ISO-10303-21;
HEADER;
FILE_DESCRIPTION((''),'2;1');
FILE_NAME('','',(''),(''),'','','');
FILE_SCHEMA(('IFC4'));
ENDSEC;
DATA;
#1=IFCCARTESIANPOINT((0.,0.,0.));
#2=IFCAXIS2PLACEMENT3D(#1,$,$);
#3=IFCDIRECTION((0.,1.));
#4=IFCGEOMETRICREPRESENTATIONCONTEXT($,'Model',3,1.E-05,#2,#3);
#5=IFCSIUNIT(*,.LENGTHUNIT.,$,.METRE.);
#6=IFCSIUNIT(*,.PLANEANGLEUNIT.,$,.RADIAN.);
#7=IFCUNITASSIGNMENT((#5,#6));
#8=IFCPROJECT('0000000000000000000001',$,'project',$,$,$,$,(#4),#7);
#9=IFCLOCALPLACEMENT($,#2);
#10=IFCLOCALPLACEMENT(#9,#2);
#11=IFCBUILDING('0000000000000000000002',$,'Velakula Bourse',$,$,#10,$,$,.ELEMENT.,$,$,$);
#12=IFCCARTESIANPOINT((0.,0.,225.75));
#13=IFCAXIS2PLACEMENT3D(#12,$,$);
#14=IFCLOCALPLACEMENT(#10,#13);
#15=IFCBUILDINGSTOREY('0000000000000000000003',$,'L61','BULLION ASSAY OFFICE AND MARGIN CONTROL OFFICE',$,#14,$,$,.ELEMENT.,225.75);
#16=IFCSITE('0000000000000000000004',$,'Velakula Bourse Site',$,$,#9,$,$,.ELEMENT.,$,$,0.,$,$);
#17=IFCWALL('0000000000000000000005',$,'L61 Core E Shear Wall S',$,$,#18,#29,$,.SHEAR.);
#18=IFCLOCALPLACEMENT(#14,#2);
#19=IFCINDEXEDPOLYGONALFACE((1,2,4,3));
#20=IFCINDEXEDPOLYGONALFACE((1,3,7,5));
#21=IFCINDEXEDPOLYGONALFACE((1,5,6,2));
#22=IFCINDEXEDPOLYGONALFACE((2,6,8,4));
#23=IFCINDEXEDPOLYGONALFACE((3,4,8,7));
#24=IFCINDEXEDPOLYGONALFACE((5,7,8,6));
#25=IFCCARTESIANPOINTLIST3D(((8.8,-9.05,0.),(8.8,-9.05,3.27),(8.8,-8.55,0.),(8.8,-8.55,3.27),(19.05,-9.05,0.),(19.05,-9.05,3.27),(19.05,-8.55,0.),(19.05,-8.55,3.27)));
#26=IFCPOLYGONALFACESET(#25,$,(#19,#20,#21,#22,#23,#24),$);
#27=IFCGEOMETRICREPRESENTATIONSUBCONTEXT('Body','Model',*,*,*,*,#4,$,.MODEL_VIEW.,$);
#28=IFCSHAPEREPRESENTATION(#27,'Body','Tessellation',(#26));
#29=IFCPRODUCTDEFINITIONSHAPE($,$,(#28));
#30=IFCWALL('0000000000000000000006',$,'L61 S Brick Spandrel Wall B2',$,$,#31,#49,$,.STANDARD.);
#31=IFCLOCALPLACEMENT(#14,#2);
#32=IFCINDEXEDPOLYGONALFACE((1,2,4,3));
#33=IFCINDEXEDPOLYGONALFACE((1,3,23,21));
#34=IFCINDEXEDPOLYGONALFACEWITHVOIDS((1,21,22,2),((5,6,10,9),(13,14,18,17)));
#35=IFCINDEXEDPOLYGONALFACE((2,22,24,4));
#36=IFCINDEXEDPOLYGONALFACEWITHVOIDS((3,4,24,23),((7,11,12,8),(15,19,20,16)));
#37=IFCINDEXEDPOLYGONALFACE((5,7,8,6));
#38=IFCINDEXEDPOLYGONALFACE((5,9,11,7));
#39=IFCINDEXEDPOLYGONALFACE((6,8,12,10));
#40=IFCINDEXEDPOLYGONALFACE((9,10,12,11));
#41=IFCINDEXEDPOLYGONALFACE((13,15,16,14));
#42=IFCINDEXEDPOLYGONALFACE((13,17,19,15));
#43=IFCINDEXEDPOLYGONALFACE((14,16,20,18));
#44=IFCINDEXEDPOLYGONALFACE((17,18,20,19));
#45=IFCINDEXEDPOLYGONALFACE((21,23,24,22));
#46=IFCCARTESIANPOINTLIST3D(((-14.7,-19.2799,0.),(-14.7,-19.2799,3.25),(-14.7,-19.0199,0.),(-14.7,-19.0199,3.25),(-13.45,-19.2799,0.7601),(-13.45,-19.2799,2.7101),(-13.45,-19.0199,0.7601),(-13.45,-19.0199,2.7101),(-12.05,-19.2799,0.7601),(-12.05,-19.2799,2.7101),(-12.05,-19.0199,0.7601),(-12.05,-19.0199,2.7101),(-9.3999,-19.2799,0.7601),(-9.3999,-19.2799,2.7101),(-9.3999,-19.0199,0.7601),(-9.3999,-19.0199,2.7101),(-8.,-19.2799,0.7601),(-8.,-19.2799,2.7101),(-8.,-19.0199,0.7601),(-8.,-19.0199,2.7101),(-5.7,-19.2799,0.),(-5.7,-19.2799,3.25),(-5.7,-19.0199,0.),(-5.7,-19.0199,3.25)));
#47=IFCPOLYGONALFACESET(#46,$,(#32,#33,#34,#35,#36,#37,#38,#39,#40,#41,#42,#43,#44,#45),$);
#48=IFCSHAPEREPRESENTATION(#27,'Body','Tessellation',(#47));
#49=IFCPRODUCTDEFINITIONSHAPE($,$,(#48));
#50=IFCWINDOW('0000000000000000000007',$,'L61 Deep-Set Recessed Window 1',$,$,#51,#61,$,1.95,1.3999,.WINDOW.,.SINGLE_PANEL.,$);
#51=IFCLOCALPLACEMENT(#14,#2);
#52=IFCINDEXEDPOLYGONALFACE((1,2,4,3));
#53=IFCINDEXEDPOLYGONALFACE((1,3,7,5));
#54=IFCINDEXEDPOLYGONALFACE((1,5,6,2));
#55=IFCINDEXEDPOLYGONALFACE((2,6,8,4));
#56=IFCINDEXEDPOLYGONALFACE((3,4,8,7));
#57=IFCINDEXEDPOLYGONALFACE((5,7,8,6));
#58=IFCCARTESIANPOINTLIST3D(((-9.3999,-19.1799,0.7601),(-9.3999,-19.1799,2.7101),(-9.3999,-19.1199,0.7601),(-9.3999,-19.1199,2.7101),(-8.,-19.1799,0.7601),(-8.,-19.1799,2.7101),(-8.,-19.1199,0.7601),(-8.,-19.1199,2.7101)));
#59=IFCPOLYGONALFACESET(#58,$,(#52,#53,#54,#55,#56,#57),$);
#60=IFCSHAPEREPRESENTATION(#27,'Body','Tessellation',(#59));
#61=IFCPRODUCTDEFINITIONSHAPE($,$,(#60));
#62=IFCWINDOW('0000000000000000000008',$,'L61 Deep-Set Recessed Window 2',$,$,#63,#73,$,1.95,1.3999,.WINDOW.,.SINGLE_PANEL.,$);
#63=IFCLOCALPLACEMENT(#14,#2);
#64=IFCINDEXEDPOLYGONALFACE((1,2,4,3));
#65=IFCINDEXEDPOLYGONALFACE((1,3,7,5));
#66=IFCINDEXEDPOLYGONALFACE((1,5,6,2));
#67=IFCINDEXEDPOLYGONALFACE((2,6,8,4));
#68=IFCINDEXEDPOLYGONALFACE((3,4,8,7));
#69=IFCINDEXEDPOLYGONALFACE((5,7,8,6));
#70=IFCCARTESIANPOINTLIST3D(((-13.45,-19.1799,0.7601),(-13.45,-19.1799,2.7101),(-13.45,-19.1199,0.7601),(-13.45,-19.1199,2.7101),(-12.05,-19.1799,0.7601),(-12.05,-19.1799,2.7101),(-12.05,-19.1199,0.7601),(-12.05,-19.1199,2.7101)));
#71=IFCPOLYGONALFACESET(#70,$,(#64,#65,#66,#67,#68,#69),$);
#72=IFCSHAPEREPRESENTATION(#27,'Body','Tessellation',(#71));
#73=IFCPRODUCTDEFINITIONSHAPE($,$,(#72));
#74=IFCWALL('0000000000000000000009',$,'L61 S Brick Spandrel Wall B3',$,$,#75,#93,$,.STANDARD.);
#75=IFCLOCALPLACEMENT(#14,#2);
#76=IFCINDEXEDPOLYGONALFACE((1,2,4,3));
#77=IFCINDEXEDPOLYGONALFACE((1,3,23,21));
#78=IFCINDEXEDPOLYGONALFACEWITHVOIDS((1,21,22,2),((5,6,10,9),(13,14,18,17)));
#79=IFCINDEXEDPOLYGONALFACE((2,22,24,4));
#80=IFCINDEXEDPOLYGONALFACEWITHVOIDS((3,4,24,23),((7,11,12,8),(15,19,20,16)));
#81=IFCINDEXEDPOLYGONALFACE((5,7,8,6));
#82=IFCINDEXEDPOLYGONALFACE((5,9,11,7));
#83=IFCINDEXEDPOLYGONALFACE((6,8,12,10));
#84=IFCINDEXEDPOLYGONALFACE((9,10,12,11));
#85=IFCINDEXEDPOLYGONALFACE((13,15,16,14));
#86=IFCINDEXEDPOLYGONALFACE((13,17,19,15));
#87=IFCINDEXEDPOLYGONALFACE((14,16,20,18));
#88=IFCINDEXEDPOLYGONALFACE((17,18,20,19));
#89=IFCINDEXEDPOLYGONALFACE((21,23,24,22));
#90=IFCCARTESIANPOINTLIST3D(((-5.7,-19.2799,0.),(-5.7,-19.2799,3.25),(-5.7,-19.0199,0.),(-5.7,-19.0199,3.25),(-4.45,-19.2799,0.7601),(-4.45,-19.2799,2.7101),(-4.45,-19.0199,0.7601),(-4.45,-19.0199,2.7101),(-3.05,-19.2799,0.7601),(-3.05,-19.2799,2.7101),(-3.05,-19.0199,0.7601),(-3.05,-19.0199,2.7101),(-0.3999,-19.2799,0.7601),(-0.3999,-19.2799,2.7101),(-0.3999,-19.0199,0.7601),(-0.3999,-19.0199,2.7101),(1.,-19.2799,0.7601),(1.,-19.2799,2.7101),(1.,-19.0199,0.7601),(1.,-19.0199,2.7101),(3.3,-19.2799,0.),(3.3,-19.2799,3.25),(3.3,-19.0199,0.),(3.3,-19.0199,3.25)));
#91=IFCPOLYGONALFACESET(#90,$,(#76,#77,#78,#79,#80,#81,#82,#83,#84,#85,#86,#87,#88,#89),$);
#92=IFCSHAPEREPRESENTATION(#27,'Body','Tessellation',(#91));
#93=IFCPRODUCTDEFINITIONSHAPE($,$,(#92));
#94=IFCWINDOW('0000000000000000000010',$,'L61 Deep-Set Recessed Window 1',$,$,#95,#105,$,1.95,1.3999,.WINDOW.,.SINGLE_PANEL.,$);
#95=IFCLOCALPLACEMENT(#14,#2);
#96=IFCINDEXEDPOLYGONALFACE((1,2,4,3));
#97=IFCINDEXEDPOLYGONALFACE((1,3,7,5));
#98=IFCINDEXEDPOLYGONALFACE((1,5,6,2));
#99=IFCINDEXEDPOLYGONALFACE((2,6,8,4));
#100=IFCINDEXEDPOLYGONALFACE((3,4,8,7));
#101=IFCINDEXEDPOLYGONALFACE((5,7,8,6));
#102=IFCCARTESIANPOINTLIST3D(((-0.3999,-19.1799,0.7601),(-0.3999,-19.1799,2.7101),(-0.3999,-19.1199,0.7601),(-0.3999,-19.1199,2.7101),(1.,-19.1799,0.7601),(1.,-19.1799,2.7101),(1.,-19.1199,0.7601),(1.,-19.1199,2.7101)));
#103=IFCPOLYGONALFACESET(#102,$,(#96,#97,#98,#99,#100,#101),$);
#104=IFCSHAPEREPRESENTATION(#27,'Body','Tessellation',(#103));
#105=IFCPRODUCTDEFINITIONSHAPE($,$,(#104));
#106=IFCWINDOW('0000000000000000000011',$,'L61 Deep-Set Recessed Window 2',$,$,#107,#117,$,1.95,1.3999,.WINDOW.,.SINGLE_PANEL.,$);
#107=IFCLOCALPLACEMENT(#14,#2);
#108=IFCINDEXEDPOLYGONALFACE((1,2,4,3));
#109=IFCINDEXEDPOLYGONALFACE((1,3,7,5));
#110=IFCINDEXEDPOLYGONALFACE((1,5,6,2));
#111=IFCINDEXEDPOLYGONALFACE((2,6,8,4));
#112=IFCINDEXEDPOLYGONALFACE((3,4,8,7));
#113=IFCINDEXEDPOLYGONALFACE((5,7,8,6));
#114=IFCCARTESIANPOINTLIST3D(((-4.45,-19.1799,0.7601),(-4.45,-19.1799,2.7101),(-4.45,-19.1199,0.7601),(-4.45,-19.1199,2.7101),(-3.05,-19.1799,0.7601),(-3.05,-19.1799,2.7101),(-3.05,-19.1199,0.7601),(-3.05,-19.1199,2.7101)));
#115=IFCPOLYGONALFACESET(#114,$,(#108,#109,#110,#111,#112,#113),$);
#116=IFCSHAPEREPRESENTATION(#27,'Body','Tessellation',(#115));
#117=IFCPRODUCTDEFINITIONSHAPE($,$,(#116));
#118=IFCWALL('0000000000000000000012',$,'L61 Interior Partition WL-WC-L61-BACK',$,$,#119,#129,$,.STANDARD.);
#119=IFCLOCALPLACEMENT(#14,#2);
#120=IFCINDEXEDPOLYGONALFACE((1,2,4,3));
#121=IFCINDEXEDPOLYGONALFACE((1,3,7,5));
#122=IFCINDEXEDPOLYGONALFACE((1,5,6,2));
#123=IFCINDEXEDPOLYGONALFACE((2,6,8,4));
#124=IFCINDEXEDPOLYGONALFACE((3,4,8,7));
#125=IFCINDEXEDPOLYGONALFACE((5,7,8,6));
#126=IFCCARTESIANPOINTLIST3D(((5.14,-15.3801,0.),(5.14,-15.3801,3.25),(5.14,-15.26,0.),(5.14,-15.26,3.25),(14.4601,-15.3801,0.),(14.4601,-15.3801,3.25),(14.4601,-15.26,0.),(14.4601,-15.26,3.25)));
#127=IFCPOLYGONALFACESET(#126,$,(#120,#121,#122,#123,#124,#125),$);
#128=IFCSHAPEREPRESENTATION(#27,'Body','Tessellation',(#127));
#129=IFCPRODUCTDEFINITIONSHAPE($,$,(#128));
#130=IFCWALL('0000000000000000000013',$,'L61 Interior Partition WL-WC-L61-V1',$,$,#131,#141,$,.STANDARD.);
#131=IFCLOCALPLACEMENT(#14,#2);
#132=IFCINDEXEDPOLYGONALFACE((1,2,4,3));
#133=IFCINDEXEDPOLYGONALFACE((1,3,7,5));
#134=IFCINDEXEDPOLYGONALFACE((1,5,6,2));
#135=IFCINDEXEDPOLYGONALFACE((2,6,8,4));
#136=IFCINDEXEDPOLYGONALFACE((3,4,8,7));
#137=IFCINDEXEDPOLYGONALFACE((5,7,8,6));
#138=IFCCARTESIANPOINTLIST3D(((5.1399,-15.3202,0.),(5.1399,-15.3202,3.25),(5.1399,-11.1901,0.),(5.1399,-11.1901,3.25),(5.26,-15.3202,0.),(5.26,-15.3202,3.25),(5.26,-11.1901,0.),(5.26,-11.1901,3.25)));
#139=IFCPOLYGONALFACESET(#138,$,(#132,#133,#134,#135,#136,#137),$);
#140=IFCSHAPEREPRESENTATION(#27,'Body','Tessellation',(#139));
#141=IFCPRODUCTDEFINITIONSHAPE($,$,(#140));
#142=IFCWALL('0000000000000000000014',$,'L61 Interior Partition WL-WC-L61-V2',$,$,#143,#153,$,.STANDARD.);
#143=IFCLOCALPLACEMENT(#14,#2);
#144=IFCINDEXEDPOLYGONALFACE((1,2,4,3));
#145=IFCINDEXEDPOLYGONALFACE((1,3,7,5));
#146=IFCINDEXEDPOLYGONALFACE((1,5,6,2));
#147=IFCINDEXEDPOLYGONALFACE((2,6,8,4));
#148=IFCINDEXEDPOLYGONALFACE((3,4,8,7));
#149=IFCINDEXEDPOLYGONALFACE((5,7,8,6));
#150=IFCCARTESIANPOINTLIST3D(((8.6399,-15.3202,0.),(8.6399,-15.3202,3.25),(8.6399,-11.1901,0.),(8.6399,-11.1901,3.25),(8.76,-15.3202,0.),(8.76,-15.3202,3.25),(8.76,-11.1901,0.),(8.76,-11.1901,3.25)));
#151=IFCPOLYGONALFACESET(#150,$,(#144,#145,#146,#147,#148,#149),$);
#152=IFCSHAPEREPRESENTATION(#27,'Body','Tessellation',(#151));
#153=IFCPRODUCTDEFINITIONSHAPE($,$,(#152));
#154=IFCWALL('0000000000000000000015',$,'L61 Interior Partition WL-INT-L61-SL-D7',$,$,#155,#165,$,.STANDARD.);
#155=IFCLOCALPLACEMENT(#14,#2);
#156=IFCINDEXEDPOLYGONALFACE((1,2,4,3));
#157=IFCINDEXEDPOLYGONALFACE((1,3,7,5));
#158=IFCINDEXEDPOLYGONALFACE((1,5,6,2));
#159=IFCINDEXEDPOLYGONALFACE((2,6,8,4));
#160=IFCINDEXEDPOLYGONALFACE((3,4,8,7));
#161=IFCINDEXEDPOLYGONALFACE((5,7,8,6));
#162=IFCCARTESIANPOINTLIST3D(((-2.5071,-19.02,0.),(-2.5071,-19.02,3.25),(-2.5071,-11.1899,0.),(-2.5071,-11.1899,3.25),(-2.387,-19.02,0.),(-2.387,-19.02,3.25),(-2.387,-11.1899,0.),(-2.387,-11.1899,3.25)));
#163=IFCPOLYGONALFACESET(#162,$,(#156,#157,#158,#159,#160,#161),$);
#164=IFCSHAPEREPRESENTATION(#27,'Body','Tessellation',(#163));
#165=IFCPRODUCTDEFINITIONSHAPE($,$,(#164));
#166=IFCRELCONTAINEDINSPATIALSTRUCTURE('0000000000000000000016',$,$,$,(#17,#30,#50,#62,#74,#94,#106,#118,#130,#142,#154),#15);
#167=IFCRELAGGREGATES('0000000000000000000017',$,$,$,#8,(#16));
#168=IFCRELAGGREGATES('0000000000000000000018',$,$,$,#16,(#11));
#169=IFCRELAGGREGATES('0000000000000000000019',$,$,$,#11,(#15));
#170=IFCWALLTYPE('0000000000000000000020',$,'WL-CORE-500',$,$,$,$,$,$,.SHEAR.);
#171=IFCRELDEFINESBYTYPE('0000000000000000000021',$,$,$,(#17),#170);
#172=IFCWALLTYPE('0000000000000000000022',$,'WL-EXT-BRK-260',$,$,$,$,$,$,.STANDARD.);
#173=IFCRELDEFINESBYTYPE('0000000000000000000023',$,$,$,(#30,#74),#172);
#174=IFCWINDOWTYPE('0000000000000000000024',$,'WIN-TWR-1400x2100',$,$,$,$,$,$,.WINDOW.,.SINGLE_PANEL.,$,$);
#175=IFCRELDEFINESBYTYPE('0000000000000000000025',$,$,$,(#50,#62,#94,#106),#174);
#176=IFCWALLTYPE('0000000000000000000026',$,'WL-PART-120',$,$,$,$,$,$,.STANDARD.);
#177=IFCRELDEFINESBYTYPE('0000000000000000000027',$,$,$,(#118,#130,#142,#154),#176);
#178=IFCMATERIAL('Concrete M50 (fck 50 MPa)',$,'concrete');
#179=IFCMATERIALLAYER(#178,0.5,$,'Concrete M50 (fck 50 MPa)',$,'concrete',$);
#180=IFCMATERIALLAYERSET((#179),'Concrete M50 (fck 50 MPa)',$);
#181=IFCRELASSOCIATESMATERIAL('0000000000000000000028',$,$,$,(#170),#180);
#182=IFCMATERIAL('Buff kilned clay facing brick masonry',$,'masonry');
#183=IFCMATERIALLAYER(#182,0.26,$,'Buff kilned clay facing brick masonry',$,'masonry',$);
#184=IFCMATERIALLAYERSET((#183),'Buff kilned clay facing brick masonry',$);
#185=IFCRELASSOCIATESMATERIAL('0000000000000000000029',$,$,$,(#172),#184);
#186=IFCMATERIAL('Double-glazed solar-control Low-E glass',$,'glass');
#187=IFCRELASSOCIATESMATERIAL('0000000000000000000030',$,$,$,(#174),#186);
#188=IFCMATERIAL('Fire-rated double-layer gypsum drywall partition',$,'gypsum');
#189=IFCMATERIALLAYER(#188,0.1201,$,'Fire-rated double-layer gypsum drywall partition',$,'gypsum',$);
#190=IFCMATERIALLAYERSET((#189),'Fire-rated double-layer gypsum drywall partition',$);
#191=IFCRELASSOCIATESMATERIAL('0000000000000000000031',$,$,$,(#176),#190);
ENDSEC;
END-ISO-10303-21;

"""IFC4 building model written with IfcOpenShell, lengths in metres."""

from ifc_helpers import new_model, si_unit, direction, frame, frame_2d, origin, place, context, subcontext, project, spatial, rectangle, extrude, material, layer, layer_set, type_object, element, fill, save


model = new_model("IFC4")

# Units and contexts
model_context = context("Model", 3, precision=1e-05, world=origin(), true_north=direction((0.0, 1.0)))
body_context = subcontext(model_context, "Body", "Model", "MODEL_VIEW")
ifc_project = project(units=[si_unit("LENGTHUNIT", "METRE"), si_unit("PLANEANGLEUNIT", "RADIAN")], contexts=[model_context])

# Site, building, storey
site_placement = place(None, origin())
site = spatial("IfcSite", under=ifc_project, at=site_placement, Name="Velakula Bourse Site", CompositionType="ELEMENT", RefElevation=0.0)
building_placement = place(site_placement, origin())
building = spatial("IfcBuilding", under=site, at=building_placement, Name="Velakula Bourse", CompositionType="ELEMENT")
storey_placement = place(building_placement, frame((0.0, 0.0, 225.75)))
storey = spatial("IfcBuildingStorey", under=building, at=storey_placement, Name="L61", Description="BULLION ASSAY OFFICE AND MARGIN CONTROL OFFICE", CompositionType="ELEMENT", Elevation=225.75)

# Wall
ifc_material_1 = material(Name="Concrete M50 (fck 50 MPa)", Category="concrete")
ifc_layer_1 = layer(ifc_material_1, 0.5, Name="Concrete M50 (fck 50 MPa)", Category="concrete")
ifc_layer_set_1 = layer_set([ifc_layer_1], Name="Concrete M50 (fck 50 MPa)")
wall_type_1 = type_object("IfcWallType", Name="WL-CORE-500", PredefinedType="SHEAR", material=ifc_layer_set_1)
wall_1_placement = place(storey_placement, frame((8.8, -8.8, 0.0), z_axis=(0.0, 0.0, 1.0), x_axis=(1.0, 0.0, 0.0)))
element("IfcWall", 1, at=wall_1_placement, inside=storey, type_object=wall_type_1, Name="L61 Core E Shear Wall S", PredefinedType="SHEAR", context=body_context, shape_type="SweptSolid", body=[
    extrude(rectangle(XDim=10.25, YDim=0.5, at=frame_2d((5.125, 0.0))), origin(), (0.0, 0.0, 1.0), 3.27),
])

# Walls, openings, windows
ifc_material_2 = material(Name="Buff kilned clay facing brick masonry", Category="masonry")
ifc_layer_2 = layer(ifc_material_2, 0.26, Name="Buff kilned clay facing brick masonry", Category="masonry")
ifc_layer_set_2 = layer_set([ifc_layer_2], Name="Buff kilned clay facing brick masonry")
wall_type_2 = type_object("IfcWallType", Name="WL-EXT-BRK-260", PredefinedType="STANDARD", material=ifc_layer_set_2)
wall_2_placement = place(storey_placement, frame((-5.7, -19.1499, 0.0), z_axis=(0.0, 0.0, 1.0), x_axis=(-1.0, 0.0, 0.0)))
wall_2 = element("IfcWall", 2, at=wall_2_placement, inside=storey, type_object=wall_type_2, Name="L61 S Brick Spandrel Wall B2", PredefinedType="STANDARD", context=body_context, shape_type="SweptSolid", body=[
    extrude(rectangle(XDim=9.0, YDim=0.26, at=frame_2d((4.5, 0.0))), origin(), (0.0, 0.0, 1.0), 3.25),
])
opening_1_placement = place(wall_2_placement, frame((2.3, 0.0, 0.76)))
opening_1 = element("IfcOpeningElement", 3, at=opening_1_placement, cuts=wall_2, PredefinedType="OPENING", context=body_context, shape_type="SweptSolid", body=[
    extrude(rectangle(XDim=1.3999, YDim=1.95, at=frame_2d((0.7, 0.9751))), frame((0.0, 0.1399, 0.0), z_axis=(0.0, -1.0, 0.0), x_axis=(1.0, 0.0, 0.0)), (0.0, 0.0, 1.0), 0.28),
])
opening_2_placement = place(wall_2_placement, frame((6.3501, 0.0, 0.76)))
opening_2 = element("IfcOpeningElement", 4, at=opening_2_placement, cuts=wall_2, PredefinedType="OPENING", context=body_context, shape_type="SweptSolid", body=[
    extrude(rectangle(XDim=1.3999, YDim=1.95, at=frame_2d((0.7, 0.9751))), frame((0.0, 0.1399, 0.0), z_axis=(0.0, -1.0, 0.0), x_axis=(1.0, 0.0, 0.0)), (0.0, 0.0, 1.0), 0.28),
])
ifc_material_3 = material(Name="Double-glazed solar-control Low-E glass", Category="glass")
window_type = type_object("IfcWindowType", Name="WIN-TWR-1400x2100", PartitioningType="SINGLE_PANEL", PredefinedType="WINDOW", material=ifc_material_3)
window_1_placement = place(opening_1_placement, origin())
window_1 = element("IfcWindow", 5, at=window_1_placement, inside=storey, type_object=window_type, Name="L61 Deep-Set Recessed Window 1", OverallHeight=1.95, OverallWidth=1.3999, PartitioningType="SINGLE_PANEL", PredefinedType="WINDOW", context=body_context, shape_type="SweptSolid", body=[
    extrude(rectangle(XDim=1.3999, YDim=1.95, at=frame_2d((0.7, 0.9751))), frame((0.0, 0.03, 0.0), z_axis=(0.0, -1.0, 0.0), x_axis=(1.0, 0.0, 0.0)), (0.0, 0.0, 1.0), 0.0601),
])
fill(opening_1, window_1)
window_2_placement = place(opening_2_placement, origin())
window_2 = element("IfcWindow", 6, at=window_2_placement, inside=storey, type_object=window_type, Name="L61 Deep-Set Recessed Window 2", OverallHeight=1.95, OverallWidth=1.3999, PartitioningType="SINGLE_PANEL", PredefinedType="WINDOW", context=body_context, shape_type="SweptSolid", body=[
    extrude(rectangle(XDim=1.3999, YDim=1.95, at=frame_2d((0.7, 0.9751))), frame((0.0, 0.03, 0.0), z_axis=(0.0, -1.0, 0.0), x_axis=(1.0, 0.0, 0.0)), (0.0, 0.0, 1.0), 0.0601),
])
fill(opening_2, window_2)
wall_3_placement = place(storey_placement, frame((3.3, -19.1499, 0.0), z_axis=(0.0, 0.0, 1.0), x_axis=(-1.0, 0.0, 0.0)))
wall_3 = element("IfcWall", 7, at=wall_3_placement, inside=storey, type_object=wall_type_2, Name="L61 S Brick Spandrel Wall B3", PredefinedType="STANDARD", context=body_context, shape_type="SweptSolid", body=[
    extrude(rectangle(XDim=9.0, YDim=0.26, at=frame_2d((4.5, 0.0))), origin(), (0.0, 0.0, 1.0), 3.25),
])
opening_3_placement = place(wall_3_placement, frame((2.3, 0.0, 0.76)))
opening_3 = element("IfcOpeningElement", 8, at=opening_3_placement, cuts=wall_3, PredefinedType="OPENING", context=body_context, shape_type="SweptSolid", body=[
    extrude(rectangle(XDim=1.3999, YDim=1.95, at=frame_2d((0.7, 0.9751))), frame((0.0, 0.1399, 0.0), z_axis=(0.0, -1.0, 0.0), x_axis=(1.0, 0.0, 0.0)), (0.0, 0.0, 1.0), 0.28),
])
opening_4_placement = place(wall_3_placement, frame((6.3501, 0.0, 0.76)))
opening_4 = element("IfcOpeningElement", 9, at=opening_4_placement, cuts=wall_3, PredefinedType="OPENING", context=body_context, shape_type="SweptSolid", body=[
    extrude(rectangle(XDim=1.3999, YDim=1.95, at=frame_2d((0.7, 0.9751))), frame((0.0, 0.1399, 0.0), z_axis=(0.0, -1.0, 0.0), x_axis=(1.0, 0.0, 0.0)), (0.0, 0.0, 1.0), 0.28),
])
window_3_placement = place(opening_3_placement, origin())
window_3 = element("IfcWindow", 10, at=window_3_placement, inside=storey, type_object=window_type, Name="L61 Deep-Set Recessed Window 1", OverallHeight=1.95, OverallWidth=1.3999, PartitioningType="SINGLE_PANEL", PredefinedType="WINDOW", context=body_context, shape_type="SweptSolid", body=[
    extrude(rectangle(XDim=1.3999, YDim=1.95, at=frame_2d((0.7, 0.9751))), frame((0.0, 0.03, 0.0), z_axis=(0.0, -1.0, 0.0), x_axis=(1.0, 0.0, 0.0)), (0.0, 0.0, 1.0), 0.0601),
])
fill(opening_3, window_3)
window_4_placement = place(opening_4_placement, origin())
window_4 = element("IfcWindow", 11, at=window_4_placement, inside=storey, type_object=window_type, Name="L61 Deep-Set Recessed Window 2", OverallHeight=1.95, OverallWidth=1.3999, PartitioningType="SINGLE_PANEL", PredefinedType="WINDOW", context=body_context, shape_type="SweptSolid", body=[
    extrude(rectangle(XDim=1.3999, YDim=1.95, at=frame_2d((0.7, 0.9751))), frame((0.0, 0.03, 0.0), z_axis=(0.0, -1.0, 0.0), x_axis=(1.0, 0.0, 0.0)), (0.0, 0.0, 1.0), 0.0601),
])
fill(opening_4, window_4)

# Walls
ifc_material_4 = material(Name="Fire-rated double-layer gypsum drywall partition", Category="gypsum")
ifc_layer_3 = layer(ifc_material_4, 0.1201, Name="Fire-rated double-layer gypsum drywall partition", Category="gypsum")
ifc_layer_set_3 = layer_set([ifc_layer_3], Name="Fire-rated double-layer gypsum drywall partition")
wall_type_3 = type_object("IfcWallType", Name="WL-PART-120", PredefinedType="STANDARD", material=ifc_layer_set_3)
wall_4_placement = place(storey_placement, frame((5.1399, -15.3201, 0.0), z_axis=(0.0, 0.0, 1.0), x_axis=(1.0, 0.0, 0.0)))
element("IfcWall", 12, at=wall_4_placement, inside=storey, type_object=wall_type_3, Name="L61 Interior Partition WL-WC-L61-BACK", PredefinedType="STANDARD", context=body_context, shape_type="SweptSolid", body=[
    extrude(rectangle(XDim=9.3201, YDim=0.1201, at=frame_2d((4.6602, 0.0))), origin(), (0.0, 0.0, 1.0), 3.25),
])
for number, where, z_axis, x_axis, name in (
    (13, (5.2, -15.3201, 0.0), (0.0, 0.0, 1.0), (0.0, 1.0, 0.0), "L61 Interior Partition WL-WC-L61-V1"),
    (14, (8.7, -15.3201, 0.0), (0.0, 0.0, 1.0), (0.0, 1.0, 0.0), "L61 Interior Partition WL-WC-L61-V2"),
):
    element("IfcWall", number, at=place(storey_placement, frame(where, z_axis=z_axis, x_axis=x_axis)), inside=storey, type_object=wall_type_3, Name=name, PredefinedType="STANDARD", context=body_context, shape_type="SweptSolid", body=[
        extrude(rectangle(XDim=4.1301, YDim=0.1201, at=frame_2d((2.0649, 0.0))), origin(), (0.0, 0.0, 1.0), 3.25),
    ])
wall_5_placement = place(storey_placement, frame((-2.447, -19.02, 0.0), z_axis=(0.0, 0.0, 1.0), x_axis=(0.0, 1.0, 0.0)))
element("IfcWall", 15, at=wall_5_placement, inside=storey, type_object=wall_type_3, Name="L61 Interior Partition WL-INT-L61-SL-D7", PredefinedType="STANDARD", context=body_context, shape_type="SweptSolid", body=[
    extrude(rectangle(XDim=7.8301, YDim=0.1201, at=frame_2d((3.915, 0.0))), origin(), (0.0, 0.0, 1.0), 3.25),
])

save(model, "model.ifc")
